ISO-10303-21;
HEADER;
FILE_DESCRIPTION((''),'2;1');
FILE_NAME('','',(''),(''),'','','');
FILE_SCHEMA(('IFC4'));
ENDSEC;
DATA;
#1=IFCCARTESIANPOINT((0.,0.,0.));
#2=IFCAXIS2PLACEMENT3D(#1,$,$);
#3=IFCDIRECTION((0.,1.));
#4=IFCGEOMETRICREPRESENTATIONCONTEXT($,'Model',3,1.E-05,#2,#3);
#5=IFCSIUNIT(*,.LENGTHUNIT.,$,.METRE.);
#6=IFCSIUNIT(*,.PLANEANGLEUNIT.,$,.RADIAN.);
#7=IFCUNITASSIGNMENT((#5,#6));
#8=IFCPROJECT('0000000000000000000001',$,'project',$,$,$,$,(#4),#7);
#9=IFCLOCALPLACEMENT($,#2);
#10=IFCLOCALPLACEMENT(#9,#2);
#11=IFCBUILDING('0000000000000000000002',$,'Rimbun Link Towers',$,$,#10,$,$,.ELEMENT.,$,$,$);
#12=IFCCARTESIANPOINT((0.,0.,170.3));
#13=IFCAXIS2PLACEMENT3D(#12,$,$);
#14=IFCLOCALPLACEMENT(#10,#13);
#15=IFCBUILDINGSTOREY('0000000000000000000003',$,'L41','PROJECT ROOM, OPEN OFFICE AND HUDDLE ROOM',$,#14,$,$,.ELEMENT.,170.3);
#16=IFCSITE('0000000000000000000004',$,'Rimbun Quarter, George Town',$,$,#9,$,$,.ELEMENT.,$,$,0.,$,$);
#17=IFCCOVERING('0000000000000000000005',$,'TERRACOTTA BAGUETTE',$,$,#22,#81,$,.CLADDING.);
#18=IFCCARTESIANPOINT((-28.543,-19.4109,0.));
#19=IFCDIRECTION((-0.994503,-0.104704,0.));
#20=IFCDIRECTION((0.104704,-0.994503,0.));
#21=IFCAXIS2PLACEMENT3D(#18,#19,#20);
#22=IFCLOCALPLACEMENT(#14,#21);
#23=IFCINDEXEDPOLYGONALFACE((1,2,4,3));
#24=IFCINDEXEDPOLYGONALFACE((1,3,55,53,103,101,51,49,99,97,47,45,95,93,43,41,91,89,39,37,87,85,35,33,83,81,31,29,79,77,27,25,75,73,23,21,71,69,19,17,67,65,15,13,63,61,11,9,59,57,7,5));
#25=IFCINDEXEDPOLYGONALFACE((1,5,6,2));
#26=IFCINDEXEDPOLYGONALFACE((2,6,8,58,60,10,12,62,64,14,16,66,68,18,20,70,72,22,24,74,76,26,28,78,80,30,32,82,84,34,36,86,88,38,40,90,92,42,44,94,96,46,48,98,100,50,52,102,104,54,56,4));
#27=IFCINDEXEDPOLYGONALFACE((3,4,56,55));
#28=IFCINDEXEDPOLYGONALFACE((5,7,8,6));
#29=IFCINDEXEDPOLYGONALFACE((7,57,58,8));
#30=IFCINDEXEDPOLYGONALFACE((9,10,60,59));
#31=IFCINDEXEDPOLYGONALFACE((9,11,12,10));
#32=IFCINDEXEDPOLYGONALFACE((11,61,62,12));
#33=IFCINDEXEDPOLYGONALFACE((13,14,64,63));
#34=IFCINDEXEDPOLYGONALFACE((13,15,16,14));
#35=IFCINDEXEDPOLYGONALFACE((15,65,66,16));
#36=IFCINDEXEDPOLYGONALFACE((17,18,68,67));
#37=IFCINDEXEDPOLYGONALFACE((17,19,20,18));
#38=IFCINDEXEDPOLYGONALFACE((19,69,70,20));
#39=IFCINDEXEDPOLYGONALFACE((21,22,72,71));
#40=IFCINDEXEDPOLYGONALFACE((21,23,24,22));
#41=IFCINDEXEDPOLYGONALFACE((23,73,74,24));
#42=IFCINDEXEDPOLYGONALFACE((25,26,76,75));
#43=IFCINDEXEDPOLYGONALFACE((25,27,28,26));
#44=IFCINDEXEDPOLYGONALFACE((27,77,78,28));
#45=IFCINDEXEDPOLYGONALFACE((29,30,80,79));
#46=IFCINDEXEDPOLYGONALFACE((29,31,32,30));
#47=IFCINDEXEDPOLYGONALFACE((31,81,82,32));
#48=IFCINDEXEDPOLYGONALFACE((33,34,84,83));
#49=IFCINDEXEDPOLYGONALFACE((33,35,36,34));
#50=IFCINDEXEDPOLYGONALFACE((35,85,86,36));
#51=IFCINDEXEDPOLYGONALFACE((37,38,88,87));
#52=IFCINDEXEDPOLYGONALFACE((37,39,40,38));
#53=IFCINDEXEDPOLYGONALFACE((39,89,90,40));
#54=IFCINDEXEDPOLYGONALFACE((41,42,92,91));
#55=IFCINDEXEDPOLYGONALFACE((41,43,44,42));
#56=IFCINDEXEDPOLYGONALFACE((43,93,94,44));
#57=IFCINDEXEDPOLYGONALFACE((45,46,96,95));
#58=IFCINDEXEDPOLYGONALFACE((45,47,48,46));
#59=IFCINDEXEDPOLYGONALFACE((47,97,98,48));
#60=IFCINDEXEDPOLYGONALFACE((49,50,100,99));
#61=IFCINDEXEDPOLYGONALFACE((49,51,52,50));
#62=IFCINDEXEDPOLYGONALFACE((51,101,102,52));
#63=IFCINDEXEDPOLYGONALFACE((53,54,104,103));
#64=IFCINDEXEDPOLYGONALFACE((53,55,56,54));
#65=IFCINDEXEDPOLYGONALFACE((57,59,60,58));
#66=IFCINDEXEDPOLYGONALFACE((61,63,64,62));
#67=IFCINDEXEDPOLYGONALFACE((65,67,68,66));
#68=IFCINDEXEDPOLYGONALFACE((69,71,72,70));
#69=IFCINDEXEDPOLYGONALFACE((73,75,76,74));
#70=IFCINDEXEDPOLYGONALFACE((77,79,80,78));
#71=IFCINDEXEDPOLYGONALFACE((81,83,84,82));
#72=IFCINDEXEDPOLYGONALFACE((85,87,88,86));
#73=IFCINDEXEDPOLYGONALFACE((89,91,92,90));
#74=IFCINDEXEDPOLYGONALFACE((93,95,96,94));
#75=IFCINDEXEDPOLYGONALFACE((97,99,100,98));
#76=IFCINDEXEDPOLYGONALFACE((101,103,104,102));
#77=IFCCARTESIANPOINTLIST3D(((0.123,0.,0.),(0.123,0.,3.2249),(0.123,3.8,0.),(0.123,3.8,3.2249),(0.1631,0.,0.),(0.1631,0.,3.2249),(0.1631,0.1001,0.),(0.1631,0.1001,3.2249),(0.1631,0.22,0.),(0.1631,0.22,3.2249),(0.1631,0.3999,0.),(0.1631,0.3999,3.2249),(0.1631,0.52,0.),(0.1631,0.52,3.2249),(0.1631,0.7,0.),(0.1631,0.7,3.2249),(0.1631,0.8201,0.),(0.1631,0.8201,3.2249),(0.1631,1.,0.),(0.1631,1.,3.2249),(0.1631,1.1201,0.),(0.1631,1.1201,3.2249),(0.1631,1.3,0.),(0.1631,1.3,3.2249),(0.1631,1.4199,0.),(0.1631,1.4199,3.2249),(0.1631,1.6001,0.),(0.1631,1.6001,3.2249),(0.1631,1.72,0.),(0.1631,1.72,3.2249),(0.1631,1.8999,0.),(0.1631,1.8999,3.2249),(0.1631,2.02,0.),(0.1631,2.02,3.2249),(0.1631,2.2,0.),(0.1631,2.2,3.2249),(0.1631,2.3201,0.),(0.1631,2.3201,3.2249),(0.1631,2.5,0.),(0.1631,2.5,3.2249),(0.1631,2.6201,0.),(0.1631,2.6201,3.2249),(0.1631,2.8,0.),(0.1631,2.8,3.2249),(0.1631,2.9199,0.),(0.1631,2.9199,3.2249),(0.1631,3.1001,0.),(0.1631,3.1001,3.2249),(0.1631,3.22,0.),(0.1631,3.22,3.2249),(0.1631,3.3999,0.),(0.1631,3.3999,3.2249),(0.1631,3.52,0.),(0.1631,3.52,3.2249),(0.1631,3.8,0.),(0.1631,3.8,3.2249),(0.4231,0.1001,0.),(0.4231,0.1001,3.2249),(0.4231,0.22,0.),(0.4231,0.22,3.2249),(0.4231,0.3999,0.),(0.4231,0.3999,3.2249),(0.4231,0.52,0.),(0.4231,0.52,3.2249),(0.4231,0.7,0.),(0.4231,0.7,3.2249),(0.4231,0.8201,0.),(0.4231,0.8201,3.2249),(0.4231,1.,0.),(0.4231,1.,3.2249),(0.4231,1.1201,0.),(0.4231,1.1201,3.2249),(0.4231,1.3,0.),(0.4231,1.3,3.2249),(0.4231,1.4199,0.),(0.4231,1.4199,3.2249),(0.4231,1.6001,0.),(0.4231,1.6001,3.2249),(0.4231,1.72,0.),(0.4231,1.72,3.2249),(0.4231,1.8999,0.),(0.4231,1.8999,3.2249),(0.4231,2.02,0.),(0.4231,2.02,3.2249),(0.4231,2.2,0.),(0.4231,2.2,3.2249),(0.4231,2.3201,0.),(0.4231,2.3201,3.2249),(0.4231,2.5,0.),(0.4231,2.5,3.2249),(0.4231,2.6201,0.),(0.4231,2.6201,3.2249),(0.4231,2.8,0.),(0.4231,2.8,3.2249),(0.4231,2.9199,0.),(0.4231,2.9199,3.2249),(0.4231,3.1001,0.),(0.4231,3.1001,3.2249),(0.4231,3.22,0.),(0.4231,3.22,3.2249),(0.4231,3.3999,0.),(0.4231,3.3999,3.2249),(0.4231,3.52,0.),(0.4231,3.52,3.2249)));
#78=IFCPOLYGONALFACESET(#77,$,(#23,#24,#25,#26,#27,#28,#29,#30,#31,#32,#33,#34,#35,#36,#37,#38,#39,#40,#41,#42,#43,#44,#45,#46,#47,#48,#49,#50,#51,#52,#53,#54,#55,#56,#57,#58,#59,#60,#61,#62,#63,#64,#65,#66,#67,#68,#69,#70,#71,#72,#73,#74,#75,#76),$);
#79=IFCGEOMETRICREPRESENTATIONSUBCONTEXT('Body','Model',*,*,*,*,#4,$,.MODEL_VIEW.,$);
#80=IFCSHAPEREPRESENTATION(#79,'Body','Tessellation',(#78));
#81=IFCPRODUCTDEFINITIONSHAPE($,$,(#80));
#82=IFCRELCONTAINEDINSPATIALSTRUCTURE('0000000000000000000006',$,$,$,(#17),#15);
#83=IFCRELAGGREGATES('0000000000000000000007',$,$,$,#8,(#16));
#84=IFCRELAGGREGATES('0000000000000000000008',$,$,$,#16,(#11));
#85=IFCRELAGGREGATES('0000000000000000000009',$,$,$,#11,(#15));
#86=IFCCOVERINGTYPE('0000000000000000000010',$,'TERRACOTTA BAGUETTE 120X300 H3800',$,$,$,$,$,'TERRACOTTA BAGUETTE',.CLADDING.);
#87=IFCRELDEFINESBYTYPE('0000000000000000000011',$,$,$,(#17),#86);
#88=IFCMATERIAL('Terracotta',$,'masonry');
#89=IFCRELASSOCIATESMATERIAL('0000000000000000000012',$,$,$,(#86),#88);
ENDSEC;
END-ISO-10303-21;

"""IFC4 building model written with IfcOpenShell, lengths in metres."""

from ifc_helpers import new_model, si_unit, direction, frame, origin, place, context, subcontext, project, spatial, polyline, outline, extrude, material, material_profile, profile_set, type_object, element, save


model = new_model("IFC4")

# Units and contexts
model_context = context("Model", 3, precision=1e-05, world=origin(), true_north=direction((0.0, 1.0)))
body_context = subcontext(model_context, "Body", "Model", "MODEL_VIEW")
ifc_project = project(units=[si_unit("LENGTHUNIT", "METRE"), si_unit("PLANEANGLEUNIT", "RADIAN")], contexts=[model_context])

# Site, building, storey
site_placement = place(None, origin())
site = spatial("IfcSite", under=ifc_project, at=site_placement, Name="Rimbun Quarter, George Town", CompositionType="ELEMENT", RefElevation=0.0)
building_placement = place(site_placement, origin())
building = spatial("IfcBuilding", under=site, at=building_placement, Name="Rimbun Link Towers", CompositionType="ELEMENT")
storey_placement = place(building_placement, frame((0.0, 0.0, 170.3)))
storey = spatial("IfcBuildingStorey", under=building, at=storey_placement, Name="L41", Description="PROJECT ROOM, OPEN OFFICE AND HUDDLE ROOM", CompositionType="ELEMENT", Elevation=170.3)

# Covering
ifc_material_1 = material(Name="Terracotta", Category="masonry")
ifc_material_profile_1 = material_profile(ifc_material_1, outline(polyline([(0.123, 0.0), (0.1631, 0.0), (0.1631, 0.1001), (0.4231, 0.1001), (0.4231, 0.22), (0.1631, 0.22), (0.1631, 0.3999), (0.4231, 0.3999), (0.4231, 0.52), (0.1631, 0.52), (0.1631, 0.7), (0.4231, 0.7), (0.4231, 0.8201), (0.1631, 0.8201), (0.1631, 1.0), (0.4231, 1.0), (0.4231, 1.1201), (0.1631, 1.1201), (0.1631, 1.3), (0.4231, 1.3), (0.4231, 1.4199), (0.1631, 1.4199), (0.1631, 1.6001), (0.4231, 1.6001), (0.4231, 1.72), (0.1631, 1.72), (0.1631, 1.8999), (0.4231, 1.8999), (0.4231, 2.02), (0.1631, 2.02), (0.1631, 2.2), (0.4231, 2.2), (0.4231, 2.3201), (0.1631, 2.3201), (0.1631, 2.5), (0.4231, 2.5), (0.4231, 2.6201), (0.1631, 2.6201), (0.1631, 2.8), (0.4231, 2.8), (0.4231, 2.9199), (0.1631, 2.9199), (0.1631, 3.1001), (0.4231, 3.1001), (0.4231, 3.22), (0.1631, 3.22), (0.1631, 3.3999), (0.4231, 3.3999), (0.4231, 3.52), (0.1631, 3.52), (0.1631, 3.8), (0.123, 3.8), (0.123, 0.0)])), Name="BAGUETTE 120X300")
ifc_profile_set_1 = profile_set([ifc_material_profile_1], Name="Terracotta")
covering_type = type_object("IfcCoveringType", Name="TERRACOTTA BAGUETTE 120X300 H3800", ElementType="TERRACOTTA BAGUETTE", PredefinedType="CLADDING", material=ifc_profile_set_1)
for number, where, z_axis, x_axis, name in (
    (1, (-28.543, -19.4109, 0.0), (-0.994503, -0.104704, 0.0), (0.104704, -0.994503, 0.0), "TERRACOTTA BAGUETTE"),
):
    element("IfcCovering", number, at=place(storey_placement, frame(where, z_axis=z_axis, x_axis=x_axis)), inside=storey, type_object=covering_type, Name=name, PredefinedType="CLADDING", context=body_context, shape_type="SweptSolid", body=[
        extrude(outline(polyline([(0.123, 0.0), (0.1631, 0.0), (0.1631, 0.1001), (0.4231, 0.1001), (0.4231, 0.22), (0.1631, 0.22), (0.1631, 0.3999), (0.4231, 0.3999), (0.4231, 0.52), (0.1631, 0.52), (0.1631, 0.7), (0.4231, 0.7), (0.4231, 0.8201), (0.1631, 0.8201), (0.1631, 1.0), (0.4231, 1.0), (0.4231, 1.1201), (0.1631, 1.1201), (0.1631, 1.3), (0.4231, 1.3), (0.4231, 1.4199), (0.1631, 1.4199), (0.1631, 1.6001), (0.4231, 1.6001), (0.4231, 1.72), (0.1631, 1.72), (0.1631, 1.8999), (0.4231, 1.8999), (0.4231, 2.02), (0.1631, 2.02), (0.1631, 2.2), (0.4231, 2.2), (0.4231, 2.3201), (0.1631, 2.3201), (0.1631, 2.5), (0.4231, 2.5), (0.4231, 2.6201), (0.1631, 2.6201), (0.1631, 2.8), (0.4231, 2.8), (0.4231, 2.9199), (0.1631, 2.9199), (0.1631, 3.1001), (0.4231, 3.1001), (0.4231, 3.22), (0.1631, 3.22), (0.1631, 3.3999), (0.4231, 3.3999), (0.4231, 3.52), (0.1631, 3.52), (0.1631, 3.8), (0.123, 3.8), (0.123, 0.0)])), origin(), (0.0, 0.0, 1.0), 3.2249),
    ])

save(model, "model.ifc")
